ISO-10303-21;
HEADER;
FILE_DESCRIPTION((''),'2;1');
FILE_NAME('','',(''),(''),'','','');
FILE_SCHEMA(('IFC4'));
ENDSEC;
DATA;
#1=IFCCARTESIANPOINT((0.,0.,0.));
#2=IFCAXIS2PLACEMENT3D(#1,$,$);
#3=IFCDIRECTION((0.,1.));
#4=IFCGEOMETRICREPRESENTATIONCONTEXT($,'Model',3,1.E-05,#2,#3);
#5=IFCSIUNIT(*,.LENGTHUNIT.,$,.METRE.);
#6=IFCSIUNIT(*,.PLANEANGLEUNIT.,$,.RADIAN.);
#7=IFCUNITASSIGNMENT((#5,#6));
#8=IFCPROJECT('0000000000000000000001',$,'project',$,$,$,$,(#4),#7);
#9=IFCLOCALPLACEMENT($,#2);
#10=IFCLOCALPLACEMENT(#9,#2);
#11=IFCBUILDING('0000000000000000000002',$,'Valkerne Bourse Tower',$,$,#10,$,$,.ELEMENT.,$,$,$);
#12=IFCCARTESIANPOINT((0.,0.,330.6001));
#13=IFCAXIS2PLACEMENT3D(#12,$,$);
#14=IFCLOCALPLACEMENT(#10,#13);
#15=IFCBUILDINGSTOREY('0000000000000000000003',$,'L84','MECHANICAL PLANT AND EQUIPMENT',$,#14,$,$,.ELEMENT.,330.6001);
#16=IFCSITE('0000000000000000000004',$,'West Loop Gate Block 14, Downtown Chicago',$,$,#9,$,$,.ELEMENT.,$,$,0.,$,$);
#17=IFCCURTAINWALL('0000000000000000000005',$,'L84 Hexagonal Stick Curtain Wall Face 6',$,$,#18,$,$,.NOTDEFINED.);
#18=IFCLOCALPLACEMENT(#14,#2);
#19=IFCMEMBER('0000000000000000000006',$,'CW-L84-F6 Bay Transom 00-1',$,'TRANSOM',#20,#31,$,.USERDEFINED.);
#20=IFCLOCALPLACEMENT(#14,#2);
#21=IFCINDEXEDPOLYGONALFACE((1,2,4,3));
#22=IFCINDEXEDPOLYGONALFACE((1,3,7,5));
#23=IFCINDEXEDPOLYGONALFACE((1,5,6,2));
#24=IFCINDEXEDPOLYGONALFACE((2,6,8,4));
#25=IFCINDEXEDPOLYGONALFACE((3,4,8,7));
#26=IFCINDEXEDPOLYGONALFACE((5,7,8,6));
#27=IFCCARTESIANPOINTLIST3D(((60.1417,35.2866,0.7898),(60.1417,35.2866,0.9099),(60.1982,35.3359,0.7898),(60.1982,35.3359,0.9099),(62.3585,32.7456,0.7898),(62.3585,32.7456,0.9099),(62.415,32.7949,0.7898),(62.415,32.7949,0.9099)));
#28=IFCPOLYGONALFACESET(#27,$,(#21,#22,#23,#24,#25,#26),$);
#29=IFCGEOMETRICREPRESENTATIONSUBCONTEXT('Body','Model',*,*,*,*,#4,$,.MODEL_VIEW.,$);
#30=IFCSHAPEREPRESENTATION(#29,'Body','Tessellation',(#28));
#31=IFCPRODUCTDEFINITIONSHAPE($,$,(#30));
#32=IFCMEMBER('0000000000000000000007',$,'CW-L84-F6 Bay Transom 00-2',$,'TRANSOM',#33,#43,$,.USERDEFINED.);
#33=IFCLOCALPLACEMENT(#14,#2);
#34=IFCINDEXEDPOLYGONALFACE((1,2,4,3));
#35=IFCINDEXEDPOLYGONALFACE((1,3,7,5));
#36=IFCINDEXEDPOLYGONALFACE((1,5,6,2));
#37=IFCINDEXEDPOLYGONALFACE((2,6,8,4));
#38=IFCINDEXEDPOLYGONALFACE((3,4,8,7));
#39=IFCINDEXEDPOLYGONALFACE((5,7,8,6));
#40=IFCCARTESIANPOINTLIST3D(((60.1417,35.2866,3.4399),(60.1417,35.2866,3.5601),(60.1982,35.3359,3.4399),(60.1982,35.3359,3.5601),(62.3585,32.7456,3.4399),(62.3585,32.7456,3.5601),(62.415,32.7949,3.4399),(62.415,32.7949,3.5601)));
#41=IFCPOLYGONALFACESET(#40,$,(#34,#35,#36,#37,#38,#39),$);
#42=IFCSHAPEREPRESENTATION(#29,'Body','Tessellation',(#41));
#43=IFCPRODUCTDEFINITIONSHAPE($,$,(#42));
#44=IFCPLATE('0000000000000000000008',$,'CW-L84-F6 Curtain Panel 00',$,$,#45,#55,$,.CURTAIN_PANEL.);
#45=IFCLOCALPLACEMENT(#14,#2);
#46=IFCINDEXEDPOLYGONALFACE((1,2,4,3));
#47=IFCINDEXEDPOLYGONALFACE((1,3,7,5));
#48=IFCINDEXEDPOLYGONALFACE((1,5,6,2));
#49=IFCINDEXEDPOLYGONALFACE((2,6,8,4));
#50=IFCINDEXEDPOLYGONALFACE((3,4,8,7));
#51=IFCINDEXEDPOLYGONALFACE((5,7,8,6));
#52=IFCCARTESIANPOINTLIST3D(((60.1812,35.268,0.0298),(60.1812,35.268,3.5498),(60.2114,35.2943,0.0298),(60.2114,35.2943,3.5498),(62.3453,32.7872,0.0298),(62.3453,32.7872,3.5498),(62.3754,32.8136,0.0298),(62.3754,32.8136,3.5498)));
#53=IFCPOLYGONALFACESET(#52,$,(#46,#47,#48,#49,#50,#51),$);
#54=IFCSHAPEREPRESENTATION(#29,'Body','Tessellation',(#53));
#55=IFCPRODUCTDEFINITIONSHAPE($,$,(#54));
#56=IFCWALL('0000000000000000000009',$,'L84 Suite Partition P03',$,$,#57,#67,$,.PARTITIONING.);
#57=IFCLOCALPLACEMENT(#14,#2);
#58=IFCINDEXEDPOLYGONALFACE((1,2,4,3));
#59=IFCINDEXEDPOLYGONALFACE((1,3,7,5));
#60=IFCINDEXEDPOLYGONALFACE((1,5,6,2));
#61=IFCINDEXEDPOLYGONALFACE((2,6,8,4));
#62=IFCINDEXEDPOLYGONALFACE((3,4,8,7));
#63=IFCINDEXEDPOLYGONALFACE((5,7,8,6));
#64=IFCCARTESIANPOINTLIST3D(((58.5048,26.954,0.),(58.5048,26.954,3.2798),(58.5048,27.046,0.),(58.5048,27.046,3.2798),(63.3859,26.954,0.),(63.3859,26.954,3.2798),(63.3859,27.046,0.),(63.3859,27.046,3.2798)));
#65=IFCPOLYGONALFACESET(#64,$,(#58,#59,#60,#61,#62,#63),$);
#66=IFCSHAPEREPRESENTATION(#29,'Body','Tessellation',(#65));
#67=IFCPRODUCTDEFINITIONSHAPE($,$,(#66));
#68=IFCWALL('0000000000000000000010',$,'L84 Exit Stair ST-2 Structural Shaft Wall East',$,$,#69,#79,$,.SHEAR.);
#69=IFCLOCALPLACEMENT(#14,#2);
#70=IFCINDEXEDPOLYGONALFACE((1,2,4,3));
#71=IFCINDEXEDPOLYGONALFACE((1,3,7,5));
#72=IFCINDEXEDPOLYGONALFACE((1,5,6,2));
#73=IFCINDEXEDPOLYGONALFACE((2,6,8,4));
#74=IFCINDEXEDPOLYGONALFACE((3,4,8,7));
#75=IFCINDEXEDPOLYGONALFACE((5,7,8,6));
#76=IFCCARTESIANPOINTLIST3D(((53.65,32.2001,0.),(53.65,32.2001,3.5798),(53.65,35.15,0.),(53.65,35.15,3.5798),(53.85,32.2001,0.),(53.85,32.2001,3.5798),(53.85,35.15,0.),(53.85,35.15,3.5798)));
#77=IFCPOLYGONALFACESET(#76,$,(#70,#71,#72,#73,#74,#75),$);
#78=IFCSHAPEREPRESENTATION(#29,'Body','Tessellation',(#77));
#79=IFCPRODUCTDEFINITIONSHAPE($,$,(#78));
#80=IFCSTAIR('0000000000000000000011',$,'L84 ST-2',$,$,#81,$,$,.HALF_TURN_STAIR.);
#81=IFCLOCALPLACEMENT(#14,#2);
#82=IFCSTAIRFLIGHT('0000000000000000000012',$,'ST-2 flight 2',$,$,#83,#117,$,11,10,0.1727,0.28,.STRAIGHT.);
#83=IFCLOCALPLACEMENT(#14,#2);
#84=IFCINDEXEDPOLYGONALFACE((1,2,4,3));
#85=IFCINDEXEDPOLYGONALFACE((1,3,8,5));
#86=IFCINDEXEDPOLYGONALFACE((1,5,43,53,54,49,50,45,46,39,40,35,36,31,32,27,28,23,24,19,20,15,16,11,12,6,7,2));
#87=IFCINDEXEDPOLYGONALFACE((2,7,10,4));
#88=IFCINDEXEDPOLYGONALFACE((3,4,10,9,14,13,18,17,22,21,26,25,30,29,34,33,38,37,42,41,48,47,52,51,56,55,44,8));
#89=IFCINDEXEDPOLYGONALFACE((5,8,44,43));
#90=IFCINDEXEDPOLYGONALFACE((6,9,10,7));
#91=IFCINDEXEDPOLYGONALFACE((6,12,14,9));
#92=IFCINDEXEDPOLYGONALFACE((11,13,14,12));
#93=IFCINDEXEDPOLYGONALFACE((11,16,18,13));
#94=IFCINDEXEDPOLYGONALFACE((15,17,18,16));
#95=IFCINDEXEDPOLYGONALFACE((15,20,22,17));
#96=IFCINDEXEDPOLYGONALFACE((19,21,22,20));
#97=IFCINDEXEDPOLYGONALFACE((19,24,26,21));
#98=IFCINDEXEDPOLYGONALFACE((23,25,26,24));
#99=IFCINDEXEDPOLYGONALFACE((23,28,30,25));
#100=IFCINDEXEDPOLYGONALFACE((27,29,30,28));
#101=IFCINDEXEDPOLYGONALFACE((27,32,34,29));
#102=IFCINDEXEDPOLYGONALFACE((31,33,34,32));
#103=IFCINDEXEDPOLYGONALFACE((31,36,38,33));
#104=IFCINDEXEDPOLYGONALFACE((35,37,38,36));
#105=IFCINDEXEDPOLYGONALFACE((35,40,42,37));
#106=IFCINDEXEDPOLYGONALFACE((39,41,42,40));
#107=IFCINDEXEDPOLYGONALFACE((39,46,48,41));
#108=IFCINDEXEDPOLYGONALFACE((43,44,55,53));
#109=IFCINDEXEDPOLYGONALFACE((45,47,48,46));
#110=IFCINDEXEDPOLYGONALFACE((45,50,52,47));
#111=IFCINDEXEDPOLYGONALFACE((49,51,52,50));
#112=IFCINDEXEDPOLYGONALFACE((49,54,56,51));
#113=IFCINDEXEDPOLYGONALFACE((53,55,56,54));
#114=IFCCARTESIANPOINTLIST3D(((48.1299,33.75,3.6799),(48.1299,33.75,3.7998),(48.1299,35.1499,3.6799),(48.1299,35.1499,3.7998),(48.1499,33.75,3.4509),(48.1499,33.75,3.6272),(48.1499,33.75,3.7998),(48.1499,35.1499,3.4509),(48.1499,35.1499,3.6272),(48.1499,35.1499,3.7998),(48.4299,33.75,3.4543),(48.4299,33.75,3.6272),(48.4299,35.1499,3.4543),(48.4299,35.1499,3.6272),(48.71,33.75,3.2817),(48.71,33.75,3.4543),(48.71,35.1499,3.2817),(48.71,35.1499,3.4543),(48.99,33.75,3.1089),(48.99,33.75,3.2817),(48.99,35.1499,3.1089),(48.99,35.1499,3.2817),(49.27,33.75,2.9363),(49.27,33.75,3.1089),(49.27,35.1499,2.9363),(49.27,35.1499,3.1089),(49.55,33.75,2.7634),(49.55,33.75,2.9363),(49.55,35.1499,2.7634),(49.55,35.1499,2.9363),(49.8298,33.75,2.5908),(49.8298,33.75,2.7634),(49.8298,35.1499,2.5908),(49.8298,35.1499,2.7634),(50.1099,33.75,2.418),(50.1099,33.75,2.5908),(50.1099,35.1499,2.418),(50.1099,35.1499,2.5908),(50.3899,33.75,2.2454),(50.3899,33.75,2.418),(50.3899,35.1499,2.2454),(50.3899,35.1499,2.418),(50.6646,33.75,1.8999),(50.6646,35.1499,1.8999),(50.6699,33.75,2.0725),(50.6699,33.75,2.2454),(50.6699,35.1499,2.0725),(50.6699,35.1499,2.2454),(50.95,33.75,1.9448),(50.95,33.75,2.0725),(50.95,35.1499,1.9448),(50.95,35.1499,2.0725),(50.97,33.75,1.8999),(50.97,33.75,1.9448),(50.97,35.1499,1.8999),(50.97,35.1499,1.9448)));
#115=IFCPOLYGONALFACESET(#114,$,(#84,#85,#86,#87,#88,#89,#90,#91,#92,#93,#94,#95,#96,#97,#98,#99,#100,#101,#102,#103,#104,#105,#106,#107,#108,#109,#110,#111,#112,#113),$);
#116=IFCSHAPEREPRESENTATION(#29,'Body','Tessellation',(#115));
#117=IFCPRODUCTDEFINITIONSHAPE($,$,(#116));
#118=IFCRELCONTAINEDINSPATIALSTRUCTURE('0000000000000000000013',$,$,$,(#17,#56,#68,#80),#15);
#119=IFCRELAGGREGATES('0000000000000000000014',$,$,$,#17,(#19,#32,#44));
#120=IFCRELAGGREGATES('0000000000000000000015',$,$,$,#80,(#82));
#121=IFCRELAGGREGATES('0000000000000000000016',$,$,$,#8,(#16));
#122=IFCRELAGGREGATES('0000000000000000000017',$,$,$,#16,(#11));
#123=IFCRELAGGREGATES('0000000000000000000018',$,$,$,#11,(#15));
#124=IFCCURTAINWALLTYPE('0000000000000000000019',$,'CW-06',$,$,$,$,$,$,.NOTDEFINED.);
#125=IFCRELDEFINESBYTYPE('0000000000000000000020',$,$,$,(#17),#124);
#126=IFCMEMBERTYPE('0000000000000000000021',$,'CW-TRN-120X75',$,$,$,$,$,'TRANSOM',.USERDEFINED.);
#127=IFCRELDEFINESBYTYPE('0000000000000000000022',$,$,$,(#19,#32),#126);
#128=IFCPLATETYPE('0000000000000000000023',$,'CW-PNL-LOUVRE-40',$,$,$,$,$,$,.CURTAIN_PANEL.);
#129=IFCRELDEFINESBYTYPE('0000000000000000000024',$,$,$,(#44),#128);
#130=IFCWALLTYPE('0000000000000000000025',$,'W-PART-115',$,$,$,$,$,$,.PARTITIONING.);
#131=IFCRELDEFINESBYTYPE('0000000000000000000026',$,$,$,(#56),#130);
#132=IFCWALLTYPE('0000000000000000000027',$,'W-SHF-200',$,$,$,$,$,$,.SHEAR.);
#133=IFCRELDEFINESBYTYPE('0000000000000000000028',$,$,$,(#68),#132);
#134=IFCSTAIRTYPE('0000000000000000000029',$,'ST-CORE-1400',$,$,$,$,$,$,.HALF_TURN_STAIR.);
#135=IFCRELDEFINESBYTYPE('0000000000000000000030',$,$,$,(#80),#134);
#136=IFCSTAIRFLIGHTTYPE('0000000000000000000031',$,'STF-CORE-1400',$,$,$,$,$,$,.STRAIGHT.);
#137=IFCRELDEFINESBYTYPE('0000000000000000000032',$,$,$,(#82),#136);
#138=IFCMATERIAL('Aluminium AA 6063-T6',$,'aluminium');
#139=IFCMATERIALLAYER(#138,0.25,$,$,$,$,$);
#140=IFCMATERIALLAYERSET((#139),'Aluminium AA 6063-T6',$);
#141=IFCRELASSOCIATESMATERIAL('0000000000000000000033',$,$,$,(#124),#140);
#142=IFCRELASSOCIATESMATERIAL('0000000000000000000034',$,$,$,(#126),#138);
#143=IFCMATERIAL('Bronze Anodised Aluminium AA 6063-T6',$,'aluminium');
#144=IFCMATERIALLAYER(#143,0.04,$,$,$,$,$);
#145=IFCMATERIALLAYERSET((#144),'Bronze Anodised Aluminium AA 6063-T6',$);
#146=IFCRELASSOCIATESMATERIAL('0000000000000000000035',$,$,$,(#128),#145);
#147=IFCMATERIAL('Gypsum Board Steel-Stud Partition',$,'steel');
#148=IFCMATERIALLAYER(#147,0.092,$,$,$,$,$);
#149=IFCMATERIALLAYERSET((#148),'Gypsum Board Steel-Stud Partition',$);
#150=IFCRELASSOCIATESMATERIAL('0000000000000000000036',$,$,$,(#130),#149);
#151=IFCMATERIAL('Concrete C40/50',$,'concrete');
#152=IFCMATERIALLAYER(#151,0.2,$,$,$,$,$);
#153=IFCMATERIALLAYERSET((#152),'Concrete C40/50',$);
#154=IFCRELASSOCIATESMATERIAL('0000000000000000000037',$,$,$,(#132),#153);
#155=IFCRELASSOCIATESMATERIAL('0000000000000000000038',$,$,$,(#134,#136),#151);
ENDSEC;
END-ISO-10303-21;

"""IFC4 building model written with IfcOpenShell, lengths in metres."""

from ifc_helpers import new_model, si_unit, direction, frame, frame_2d, origin, origin_2d, place, context, subcontext, project, spatial, polyline, rectangle, outline, extrude, material, layer, layer_set, material_profile, profile_set, type_object, element, aggregate, save


model = new_model("IFC4")

# Units and contexts
model_context = context("Model", 3, precision=1e-05, world=origin(), true_north=direction((0.0, 1.0)))
body_context = subcontext(model_context, "Body", "Model", "MODEL_VIEW")
ifc_project = project(units=[si_unit("LENGTHUNIT", "METRE"), si_unit("PLANEANGLEUNIT", "RADIAN")], contexts=[model_context])

# Site, building, storey
site_placement = place(None, origin())
site = spatial("IfcSite", under=ifc_project, at=site_placement, Name="West Loop Gate Block 14, Downtown Chicago", CompositionType="ELEMENT", RefElevation=0.0)
building_placement = place(site_placement, origin())
building = spatial("IfcBuilding", under=site, at=building_placement, Name="Valkerne Bourse Tower", CompositionType="ELEMENT")
storey_placement = place(building_placement, frame((0.0, 0.0, 330.6001)))
storey = spatial("IfcBuildingStorey", under=building, at=storey_placement, Name="L84", Description="MECHANICAL PLANT AND EQUIPMENT", CompositionType="ELEMENT", Elevation=330.6001)

# Shared definitions
ifc_material_1 = material(Name="Aluminium AA 6063-T6", Category="aluminium")
ifc_layer_1 = layer(ifc_material_1, 0.25)
ifc_layer_set_1 = layer_set([ifc_layer_1], Name="Aluminium AA 6063-T6")
curtain_wall_type = type_object("IfcCurtainWallType", Name="CW-06", PredefinedType="NOTDEFINED", material=ifc_layer_set_1)

# Curtain wall, members, plate
curtain_wall_1_placement = place(storey_placement, origin())
curtain_wall_1 = element("IfcCurtainWall", 1, at=curtain_wall_1_placement, inside=storey, type_object=curtain_wall_type, Name="L84 Hexagonal Stick Curtain Wall Face 6", PredefinedType="NOTDEFINED")
ifc_material_profile_1 = material_profile(ifc_material_1, rectangle(XDim=0.075, YDim=0.1201, at=origin_2d()), Name="CWT-75X120")
ifc_profile_set_1 = profile_set([ifc_material_profile_1], Name="Aluminium AA 6063-T6")
member_type_1 = type_object("IfcMemberType", Name="CW-TRN-120X75", ElementType="TRANSOM", PredefinedType="USERDEFINED", material=ifc_profile_set_1)
member_1_placement = place(storey_placement, frame((62.3867, 32.7703, 0.8499), z_axis=(-0.657397, 0.753545, 0.0), x_axis=(-0.753545, -0.657397, 0.0)))
member_1 = element("IfcMember", 2, at=member_1_placement, type_object=member_type_1, Name="CW-L84-F6 Bay Transom 00-1", ObjectType="TRANSOM", PredefinedType="USERDEFINED", context=body_context, shape_type="SweptSolid", body=[
    extrude(rectangle(XDim=0.075, YDim=0.1201, at=origin_2d()), origin(), (0.0, 0.0, 1.0), 3.3721),
])
member_2_placement = place(storey_placement, frame((62.3867, 32.7703, 3.5), z_axis=(-0.657397, 0.753545, 0.0), x_axis=(-0.753545, -0.657397, 0.0)))
member_2 = element("IfcMember", 3, at=member_2_placement, type_object=member_type_1, Name="CW-L84-F6 Bay Transom 00-2", ObjectType="TRANSOM", PredefinedType="USERDEFINED", context=body_context, shape_type="SweptSolid", body=[
    extrude(rectangle(XDim=0.075, YDim=0.1201, at=origin_2d()), origin(), (0.0, 0.0, 1.0), 3.3721),
])
ifc_material_2 = material(Name="Bronze Anodised Aluminium AA 6063-T6", Category="aluminium")
ifc_layer_2 = layer(ifc_material_2, 0.04)
ifc_layer_set_2 = layer_set([ifc_layer_2], Name="Bronze Anodised Aluminium AA 6063-T6")
plate_type = type_object("IfcPlateType", Name="CW-PNL-LOUVRE-40", PredefinedType="CURTAIN_PANEL", material=ifc_layer_set_2)
plate_placement = place(storey_placement, frame((61.2783, 34.0408, 0.0298), z_axis=(0.0, 0.0, 1.0), x_axis=(-0.657368, 0.75357, 0.0)))
plate = element("IfcPlate", 4, at=plate_placement, type_object=plate_type, Name="CW-L84-F6 Curtain Panel 00", PredefinedType="CURTAIN_PANEL", context=body_context, shape_type="SweptSolid", body=[
    extrude(rectangle(XDim=3.292, YDim=0.04, at=origin_2d()), origin(), (0.0, 0.0, 1.0), 3.52),
])
aggregate(curtain_wall_1, [member_1, member_2, plate])

# Walls
ifc_material_3 = material(Name="Gypsum Board Steel-Stud Partition", Category="steel")
ifc_layer_3 = layer(ifc_material_3, 0.092)
ifc_layer_set_3 = layer_set([ifc_layer_3], Name="Gypsum Board Steel-Stud Partition")
wall_type_1 = type_object("IfcWallType", Name="W-PART-115", PredefinedType="PARTITIONING", material=ifc_layer_set_3)
wall_1_placement = place(storey_placement, frame((58.5049, 27.0, 0.0), z_axis=(0.0, 0.0, 1.0), x_axis=(1.0, 0.0, 0.0)))
element("IfcWall", 5, at=wall_1_placement, inside=storey, type_object=wall_type_1, Name="L84 Suite Partition P03", PredefinedType="PARTITIONING", context=body_context, shape_type="SweptSolid", body=[
    extrude(rectangle(XDim=4.8811, YDim=0.092, at=frame_2d((2.4404, 0.0))), origin(), (0.0, 0.0, 1.0), 3.2798),
])
ifc_material_4 = material(Name="Concrete C40/50", Category="concrete")
ifc_layer_4 = layer(ifc_material_4, 0.2)
ifc_layer_set_4 = layer_set([ifc_layer_4], Name="Concrete C40/50")
wall_type_2 = type_object("IfcWallType", Name="W-SHF-200", PredefinedType="SHEAR", material=ifc_layer_set_4)
wall_2_placement = place(storey_placement, frame((53.75, 32.2, 0.0), z_axis=(0.0, 0.0, 1.0), x_axis=(0.0, 1.0, 0.0)))
element("IfcWall", 6, at=wall_2_placement, inside=storey, type_object=wall_type_2, Name="L84 Exit Stair ST-2 Structural Shaft Wall East", PredefinedType="SHEAR", context=body_context, shape_type="SweptSolid", body=[
    extrude(rectangle(XDim=2.95, YDim=0.2, at=frame_2d((1.4751, 0.0))), origin(), (0.0, 0.0, 1.0), 3.5798),
])

# Stair, stair flight
stair_type = type_object("IfcStairType", Name="ST-CORE-1400", PredefinedType="HALF_TURN_STAIR", material=ifc_material_4)
stair_placement = place(storey_placement, origin())
stair = element("IfcStair", 7, at=stair_placement, inside=storey, type_object=stair_type, Name="L84 ST-2", PredefinedType="HALF_TURN_STAIR")
stair_flight_type = type_object("IfcStairFlightType", Name="STF-CORE-1400", PredefinedType="STRAIGHT", material=ifc_material_4)
stair_flight_placement = place(storey_placement, frame((50.95, 34.45, 1.8999), z_axis=(0.0, 0.0, 1.0), x_axis=(-1.0, 0.0, 0.0)))
stair_flight = element("IfcStairFlight", 8, at=stair_flight_placement, type_object=stair_flight_type, Name="ST-2 flight 2", NumberOfRisers=11, NumberOfTreads=10, PredefinedType="STRAIGHT", RiserHeight=0.1727, TreadLength=0.28, context=body_context, shape_type="SweptSolid", body=[
    extrude(outline(polyline([(-0.02, 0.0), (-0.02, 0.0449), (0.0, 0.0449), (0.0, 0.1726), (0.28, 0.1726), (0.28, 0.3455), (0.5601, 0.3455), (0.5601, 0.5181), (0.8401, 0.5181), (0.8401, 0.6909), (1.1201, 0.6909), (1.1201, 0.8635), (1.3999, 0.8635), (1.3999, 1.0364), (1.6799, 1.0364), (1.6799, 1.209), (1.96, 1.209), (1.96, 1.3818), (2.24, 1.3818), (2.24, 1.5544), (2.52, 1.5544), (2.52, 1.7273), (2.8, 1.7273), (2.8, 1.8999), (2.8201, 1.8999), (2.8201, 1.78), (2.8, 1.551), (0.2854, 0.0), (-0.02, 0.0)])), frame((0.0, 0.7, 0.0), z_axis=(0.0, -1.0, 0.0), x_axis=(1.0, 0.0, 0.0)), (0.0, 0.0, 1.0), 1.3999),
])
aggregate(stair, [stair_flight])

save(model, "model.ifc")
